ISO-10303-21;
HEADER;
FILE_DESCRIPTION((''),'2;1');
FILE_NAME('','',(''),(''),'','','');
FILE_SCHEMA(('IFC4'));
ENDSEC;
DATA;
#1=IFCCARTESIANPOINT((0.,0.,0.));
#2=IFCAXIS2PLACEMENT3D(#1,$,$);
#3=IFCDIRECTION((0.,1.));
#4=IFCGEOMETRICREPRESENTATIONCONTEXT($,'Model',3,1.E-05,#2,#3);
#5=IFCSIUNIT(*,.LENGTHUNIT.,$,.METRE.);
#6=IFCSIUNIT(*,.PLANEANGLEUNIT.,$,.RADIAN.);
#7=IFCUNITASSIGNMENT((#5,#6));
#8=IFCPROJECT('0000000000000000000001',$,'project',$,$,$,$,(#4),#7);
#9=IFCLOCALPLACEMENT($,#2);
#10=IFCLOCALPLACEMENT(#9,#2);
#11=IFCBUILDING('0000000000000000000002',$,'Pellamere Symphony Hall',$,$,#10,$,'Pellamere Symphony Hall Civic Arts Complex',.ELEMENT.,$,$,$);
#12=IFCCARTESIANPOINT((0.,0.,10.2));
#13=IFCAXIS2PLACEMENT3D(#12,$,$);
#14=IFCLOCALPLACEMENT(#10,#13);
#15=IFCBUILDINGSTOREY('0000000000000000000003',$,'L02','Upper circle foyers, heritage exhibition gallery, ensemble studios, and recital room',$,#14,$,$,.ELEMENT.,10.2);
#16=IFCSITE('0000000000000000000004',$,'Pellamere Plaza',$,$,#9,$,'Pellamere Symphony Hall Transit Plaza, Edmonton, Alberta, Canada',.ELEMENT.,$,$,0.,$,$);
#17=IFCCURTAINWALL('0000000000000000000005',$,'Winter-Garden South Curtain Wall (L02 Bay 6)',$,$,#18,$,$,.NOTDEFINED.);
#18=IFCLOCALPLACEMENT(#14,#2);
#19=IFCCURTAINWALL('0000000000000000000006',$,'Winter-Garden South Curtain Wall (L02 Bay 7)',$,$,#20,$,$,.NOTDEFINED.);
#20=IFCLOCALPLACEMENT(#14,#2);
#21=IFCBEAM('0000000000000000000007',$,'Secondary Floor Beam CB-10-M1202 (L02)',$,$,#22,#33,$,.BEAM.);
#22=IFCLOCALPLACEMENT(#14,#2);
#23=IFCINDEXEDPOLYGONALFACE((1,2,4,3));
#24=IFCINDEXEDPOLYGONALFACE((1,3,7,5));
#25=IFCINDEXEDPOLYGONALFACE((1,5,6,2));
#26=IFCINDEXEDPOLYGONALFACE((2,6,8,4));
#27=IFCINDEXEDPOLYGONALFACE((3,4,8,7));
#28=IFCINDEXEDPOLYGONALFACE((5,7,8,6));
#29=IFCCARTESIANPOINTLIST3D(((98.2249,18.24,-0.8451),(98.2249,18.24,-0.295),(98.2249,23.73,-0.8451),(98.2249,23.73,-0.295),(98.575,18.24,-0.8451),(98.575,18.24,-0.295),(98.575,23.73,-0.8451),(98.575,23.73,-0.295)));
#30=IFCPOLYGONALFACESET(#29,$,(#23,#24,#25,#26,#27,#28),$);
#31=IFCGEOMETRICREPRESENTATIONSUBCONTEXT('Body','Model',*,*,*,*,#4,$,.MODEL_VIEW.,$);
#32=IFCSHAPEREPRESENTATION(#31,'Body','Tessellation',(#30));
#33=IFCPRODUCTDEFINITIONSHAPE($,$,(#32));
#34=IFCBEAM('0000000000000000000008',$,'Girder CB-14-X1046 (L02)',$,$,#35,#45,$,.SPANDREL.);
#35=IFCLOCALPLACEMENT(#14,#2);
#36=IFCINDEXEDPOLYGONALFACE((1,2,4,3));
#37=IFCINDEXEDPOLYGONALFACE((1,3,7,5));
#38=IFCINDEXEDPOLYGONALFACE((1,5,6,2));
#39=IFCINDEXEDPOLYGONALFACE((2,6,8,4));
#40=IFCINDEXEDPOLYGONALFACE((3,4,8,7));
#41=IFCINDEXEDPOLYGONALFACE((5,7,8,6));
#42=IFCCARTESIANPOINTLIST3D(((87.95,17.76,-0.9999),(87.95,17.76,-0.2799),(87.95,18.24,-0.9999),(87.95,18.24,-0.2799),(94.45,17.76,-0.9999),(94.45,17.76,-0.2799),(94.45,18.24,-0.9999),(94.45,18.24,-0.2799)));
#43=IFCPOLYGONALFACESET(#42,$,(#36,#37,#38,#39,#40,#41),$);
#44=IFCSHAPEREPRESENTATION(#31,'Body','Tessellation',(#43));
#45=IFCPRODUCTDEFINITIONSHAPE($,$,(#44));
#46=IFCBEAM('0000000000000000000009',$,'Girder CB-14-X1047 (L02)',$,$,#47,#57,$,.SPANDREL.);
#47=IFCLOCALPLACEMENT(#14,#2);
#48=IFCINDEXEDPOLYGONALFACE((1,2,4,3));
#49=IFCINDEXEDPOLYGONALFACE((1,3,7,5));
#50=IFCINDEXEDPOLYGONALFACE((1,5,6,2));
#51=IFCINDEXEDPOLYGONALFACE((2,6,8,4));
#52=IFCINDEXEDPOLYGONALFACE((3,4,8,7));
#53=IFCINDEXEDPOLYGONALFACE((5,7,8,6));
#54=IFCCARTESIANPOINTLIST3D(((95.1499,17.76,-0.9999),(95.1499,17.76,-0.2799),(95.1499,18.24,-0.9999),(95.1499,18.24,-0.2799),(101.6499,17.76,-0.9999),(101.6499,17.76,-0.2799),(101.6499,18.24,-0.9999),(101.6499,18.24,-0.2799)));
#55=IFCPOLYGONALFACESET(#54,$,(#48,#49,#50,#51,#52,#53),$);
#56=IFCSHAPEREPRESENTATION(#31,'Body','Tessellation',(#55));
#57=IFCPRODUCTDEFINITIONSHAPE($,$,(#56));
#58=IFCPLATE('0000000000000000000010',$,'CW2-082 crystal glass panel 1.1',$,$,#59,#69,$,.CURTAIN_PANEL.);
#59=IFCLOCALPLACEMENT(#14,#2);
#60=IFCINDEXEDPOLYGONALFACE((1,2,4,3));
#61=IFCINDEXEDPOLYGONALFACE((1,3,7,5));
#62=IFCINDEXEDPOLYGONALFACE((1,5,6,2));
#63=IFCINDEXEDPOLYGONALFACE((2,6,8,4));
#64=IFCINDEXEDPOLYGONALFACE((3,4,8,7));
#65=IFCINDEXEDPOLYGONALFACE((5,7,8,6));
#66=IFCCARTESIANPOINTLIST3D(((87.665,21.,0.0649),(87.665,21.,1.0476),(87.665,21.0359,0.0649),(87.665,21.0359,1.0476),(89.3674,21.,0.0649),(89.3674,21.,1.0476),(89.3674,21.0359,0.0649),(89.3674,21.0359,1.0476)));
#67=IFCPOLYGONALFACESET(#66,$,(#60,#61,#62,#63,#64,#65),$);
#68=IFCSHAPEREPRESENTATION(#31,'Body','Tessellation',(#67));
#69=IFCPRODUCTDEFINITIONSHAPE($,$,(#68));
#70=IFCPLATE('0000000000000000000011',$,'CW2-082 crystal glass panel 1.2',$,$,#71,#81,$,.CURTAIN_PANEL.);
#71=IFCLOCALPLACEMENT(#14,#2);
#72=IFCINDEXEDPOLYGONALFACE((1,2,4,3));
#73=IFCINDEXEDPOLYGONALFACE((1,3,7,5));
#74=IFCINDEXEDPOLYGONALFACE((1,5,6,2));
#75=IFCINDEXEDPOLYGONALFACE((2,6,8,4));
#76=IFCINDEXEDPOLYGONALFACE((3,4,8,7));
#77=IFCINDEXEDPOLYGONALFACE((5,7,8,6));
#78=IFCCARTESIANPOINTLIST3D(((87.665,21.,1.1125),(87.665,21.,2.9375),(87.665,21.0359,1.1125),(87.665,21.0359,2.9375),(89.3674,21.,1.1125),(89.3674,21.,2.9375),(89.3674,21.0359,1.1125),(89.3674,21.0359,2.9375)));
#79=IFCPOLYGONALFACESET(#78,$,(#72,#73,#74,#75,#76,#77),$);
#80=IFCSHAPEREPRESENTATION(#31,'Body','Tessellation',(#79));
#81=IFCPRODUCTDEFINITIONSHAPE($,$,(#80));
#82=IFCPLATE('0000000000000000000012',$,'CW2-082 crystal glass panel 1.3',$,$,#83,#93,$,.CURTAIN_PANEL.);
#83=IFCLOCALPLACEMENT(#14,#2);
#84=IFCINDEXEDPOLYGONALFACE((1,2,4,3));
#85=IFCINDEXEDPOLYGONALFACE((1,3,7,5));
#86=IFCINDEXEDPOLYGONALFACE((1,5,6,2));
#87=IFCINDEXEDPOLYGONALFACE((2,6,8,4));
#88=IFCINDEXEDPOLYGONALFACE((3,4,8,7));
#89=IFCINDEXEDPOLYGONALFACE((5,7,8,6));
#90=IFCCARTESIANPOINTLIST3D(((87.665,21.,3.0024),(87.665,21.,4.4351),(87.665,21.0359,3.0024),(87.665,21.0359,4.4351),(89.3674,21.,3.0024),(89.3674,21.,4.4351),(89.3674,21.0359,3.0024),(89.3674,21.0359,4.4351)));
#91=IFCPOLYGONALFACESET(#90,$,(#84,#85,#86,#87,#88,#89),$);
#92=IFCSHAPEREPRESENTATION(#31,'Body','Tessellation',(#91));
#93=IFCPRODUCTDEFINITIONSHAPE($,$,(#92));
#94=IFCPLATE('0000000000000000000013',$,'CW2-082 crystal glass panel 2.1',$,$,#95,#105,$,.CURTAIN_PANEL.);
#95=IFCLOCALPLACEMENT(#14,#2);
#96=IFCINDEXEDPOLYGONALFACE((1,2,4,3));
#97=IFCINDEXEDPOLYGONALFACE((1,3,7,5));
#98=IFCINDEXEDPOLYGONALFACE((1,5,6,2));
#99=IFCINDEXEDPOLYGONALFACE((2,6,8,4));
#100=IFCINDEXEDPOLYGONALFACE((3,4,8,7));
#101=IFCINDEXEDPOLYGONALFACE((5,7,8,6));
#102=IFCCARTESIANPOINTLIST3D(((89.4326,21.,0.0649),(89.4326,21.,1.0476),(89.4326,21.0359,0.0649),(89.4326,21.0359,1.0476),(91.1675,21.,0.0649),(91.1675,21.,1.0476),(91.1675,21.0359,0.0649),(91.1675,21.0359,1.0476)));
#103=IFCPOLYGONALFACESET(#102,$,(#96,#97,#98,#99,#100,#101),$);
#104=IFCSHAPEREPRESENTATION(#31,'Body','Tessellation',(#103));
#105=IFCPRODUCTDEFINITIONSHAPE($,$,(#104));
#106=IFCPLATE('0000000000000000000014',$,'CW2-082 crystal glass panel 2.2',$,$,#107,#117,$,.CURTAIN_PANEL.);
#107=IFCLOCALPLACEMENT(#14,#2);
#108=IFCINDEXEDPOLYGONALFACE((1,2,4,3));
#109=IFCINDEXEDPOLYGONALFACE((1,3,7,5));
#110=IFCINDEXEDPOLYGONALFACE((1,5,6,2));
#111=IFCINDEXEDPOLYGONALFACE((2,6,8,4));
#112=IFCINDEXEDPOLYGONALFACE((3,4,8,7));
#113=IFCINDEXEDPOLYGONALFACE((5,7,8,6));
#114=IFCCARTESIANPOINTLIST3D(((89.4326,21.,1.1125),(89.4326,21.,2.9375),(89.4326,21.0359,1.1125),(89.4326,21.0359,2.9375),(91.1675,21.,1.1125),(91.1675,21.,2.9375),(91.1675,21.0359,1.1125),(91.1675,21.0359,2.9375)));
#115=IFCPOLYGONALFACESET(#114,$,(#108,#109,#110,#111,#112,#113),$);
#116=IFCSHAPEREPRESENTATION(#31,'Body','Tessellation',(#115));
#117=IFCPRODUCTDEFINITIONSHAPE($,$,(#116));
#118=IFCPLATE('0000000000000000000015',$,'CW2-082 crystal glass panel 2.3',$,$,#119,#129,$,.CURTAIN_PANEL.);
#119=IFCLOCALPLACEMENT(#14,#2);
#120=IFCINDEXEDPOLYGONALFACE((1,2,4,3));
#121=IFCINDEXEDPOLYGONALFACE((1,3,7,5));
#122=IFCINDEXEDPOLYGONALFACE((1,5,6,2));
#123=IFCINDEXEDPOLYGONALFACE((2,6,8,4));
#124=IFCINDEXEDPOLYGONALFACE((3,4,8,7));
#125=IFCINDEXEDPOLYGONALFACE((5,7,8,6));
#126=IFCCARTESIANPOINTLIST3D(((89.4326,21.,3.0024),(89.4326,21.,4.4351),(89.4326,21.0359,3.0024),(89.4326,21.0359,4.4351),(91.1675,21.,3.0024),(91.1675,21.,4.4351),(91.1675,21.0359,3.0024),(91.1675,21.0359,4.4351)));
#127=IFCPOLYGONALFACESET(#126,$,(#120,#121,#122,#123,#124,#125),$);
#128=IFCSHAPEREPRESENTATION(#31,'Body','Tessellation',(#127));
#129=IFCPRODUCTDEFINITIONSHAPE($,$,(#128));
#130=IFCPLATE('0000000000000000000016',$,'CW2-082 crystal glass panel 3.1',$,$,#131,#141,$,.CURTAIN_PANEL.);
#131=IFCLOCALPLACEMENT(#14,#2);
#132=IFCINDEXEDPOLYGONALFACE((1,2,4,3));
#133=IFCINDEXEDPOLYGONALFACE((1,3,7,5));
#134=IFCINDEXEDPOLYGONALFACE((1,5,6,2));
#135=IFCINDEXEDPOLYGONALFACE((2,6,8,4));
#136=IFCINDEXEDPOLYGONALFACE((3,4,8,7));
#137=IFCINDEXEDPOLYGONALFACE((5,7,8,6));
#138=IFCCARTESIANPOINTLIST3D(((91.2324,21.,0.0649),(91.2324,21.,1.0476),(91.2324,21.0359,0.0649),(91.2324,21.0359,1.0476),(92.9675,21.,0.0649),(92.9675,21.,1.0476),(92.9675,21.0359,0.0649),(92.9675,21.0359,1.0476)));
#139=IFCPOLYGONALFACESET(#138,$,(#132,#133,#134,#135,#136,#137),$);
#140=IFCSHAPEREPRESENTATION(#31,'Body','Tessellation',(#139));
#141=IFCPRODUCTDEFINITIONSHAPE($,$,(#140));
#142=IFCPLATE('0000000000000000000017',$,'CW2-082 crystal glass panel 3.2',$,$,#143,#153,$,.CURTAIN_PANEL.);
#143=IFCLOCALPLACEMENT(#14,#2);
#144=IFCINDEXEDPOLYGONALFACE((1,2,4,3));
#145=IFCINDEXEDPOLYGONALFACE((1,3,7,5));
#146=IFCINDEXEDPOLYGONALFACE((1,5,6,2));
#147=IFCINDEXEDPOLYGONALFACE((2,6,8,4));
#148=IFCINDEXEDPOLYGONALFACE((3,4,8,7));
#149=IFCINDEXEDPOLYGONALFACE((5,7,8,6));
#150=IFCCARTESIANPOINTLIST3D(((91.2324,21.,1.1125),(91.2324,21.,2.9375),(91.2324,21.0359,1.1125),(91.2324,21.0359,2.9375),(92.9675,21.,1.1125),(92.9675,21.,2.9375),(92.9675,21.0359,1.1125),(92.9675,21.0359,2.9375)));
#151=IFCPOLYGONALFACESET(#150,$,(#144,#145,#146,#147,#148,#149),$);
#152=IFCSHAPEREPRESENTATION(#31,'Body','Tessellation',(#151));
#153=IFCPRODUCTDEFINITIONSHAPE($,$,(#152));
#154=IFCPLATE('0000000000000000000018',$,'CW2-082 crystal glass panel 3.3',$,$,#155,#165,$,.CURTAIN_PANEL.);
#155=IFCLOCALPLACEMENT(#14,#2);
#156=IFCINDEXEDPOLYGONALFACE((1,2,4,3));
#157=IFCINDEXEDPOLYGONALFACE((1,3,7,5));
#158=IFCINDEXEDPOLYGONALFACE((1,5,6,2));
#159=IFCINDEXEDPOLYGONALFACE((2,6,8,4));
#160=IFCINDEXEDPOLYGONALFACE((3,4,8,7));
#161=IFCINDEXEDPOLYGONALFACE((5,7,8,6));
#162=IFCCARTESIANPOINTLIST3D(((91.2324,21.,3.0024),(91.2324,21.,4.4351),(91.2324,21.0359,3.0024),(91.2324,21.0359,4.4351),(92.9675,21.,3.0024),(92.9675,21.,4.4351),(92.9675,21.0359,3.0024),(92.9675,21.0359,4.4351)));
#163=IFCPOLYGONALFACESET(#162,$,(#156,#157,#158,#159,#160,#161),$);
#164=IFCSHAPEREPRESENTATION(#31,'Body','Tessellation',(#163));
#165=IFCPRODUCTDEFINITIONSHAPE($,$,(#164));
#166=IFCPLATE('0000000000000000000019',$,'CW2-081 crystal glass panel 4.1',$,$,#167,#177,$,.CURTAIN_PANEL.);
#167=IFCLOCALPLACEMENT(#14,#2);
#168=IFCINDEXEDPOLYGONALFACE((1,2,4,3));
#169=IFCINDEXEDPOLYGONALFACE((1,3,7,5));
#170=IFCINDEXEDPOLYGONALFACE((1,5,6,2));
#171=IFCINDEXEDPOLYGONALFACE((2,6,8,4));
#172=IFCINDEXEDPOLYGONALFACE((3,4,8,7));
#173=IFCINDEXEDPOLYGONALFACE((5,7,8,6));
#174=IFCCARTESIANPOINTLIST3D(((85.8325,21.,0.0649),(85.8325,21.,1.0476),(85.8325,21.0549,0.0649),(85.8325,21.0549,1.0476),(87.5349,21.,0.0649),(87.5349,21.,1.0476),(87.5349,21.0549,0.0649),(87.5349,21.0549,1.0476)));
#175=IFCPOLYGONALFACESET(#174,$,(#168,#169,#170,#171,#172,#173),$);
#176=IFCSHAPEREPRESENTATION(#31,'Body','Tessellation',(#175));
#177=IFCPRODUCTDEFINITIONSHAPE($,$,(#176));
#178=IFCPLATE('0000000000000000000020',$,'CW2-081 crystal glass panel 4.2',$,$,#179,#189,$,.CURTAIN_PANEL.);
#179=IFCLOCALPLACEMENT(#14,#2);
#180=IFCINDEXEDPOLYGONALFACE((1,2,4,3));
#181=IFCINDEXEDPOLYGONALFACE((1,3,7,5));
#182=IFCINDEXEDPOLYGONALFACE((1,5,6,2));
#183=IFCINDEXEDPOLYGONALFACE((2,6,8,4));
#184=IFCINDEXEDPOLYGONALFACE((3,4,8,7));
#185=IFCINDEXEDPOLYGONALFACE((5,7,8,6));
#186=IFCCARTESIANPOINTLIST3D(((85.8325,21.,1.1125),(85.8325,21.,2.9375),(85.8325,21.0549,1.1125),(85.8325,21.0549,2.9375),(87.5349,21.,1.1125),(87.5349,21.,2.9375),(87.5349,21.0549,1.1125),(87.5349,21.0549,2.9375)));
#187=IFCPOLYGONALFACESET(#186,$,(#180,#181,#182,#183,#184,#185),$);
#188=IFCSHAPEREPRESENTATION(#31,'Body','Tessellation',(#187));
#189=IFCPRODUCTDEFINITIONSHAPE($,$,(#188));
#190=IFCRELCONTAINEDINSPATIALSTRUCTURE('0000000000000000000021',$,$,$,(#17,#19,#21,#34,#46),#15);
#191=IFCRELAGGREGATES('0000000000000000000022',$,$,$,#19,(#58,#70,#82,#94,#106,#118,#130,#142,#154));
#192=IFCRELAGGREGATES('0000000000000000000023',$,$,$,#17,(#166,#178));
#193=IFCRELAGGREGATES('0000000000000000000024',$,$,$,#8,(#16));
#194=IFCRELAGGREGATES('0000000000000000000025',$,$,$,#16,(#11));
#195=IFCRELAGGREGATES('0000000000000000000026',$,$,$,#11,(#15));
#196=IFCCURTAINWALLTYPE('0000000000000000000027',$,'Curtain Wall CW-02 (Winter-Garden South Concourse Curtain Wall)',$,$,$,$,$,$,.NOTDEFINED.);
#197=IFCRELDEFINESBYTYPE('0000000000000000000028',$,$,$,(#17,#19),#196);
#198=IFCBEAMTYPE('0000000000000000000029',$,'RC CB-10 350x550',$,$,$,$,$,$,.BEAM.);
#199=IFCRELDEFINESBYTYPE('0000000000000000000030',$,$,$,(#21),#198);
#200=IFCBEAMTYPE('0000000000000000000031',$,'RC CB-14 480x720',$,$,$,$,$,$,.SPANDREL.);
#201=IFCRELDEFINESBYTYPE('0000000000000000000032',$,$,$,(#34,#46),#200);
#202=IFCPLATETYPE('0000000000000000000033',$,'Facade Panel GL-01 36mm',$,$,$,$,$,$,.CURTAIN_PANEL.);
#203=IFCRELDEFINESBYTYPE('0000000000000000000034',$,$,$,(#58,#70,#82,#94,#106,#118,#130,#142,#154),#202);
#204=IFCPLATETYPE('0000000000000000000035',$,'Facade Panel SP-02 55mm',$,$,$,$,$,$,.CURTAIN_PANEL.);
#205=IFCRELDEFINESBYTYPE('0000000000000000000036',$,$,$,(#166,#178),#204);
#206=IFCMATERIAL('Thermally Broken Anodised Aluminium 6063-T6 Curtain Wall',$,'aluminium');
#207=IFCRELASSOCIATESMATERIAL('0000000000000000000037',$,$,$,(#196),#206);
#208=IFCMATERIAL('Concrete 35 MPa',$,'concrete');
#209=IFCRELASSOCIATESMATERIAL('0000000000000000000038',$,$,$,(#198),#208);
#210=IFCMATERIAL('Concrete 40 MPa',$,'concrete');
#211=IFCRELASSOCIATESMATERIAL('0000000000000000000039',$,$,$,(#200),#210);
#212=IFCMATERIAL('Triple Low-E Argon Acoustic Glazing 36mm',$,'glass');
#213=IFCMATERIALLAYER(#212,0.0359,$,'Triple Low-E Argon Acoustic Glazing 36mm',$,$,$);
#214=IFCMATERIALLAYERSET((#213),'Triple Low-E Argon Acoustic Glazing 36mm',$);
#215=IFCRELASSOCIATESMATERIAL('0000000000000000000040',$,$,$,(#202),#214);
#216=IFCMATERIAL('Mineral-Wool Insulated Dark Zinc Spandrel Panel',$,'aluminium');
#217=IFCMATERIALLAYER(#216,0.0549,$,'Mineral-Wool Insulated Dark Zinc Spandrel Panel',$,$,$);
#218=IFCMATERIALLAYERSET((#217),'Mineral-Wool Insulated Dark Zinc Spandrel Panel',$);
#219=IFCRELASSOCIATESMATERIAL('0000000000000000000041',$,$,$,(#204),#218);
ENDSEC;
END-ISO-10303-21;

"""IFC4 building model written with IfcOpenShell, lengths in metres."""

from ifc_helpers import new_model, si_unit, direction, frame, origin, origin_2d, place, context, subcontext, project, spatial, polyline, rectangle, outline, extrude, material, layer, layer_set, material_profile, profile_set, type_object, element, aggregate, save


model = new_model("IFC4")

# Units and contexts
model_context = context("Model", 3, precision=1e-05, world=origin(), true_north=direction((0.0, 1.0)))
body_context = subcontext(model_context, "Body", "Model", "MODEL_VIEW")
ifc_project = project(units=[si_unit("LENGTHUNIT", "METRE"), si_unit("PLANEANGLEUNIT", "RADIAN")], contexts=[model_context])

# Site, building, storey
site_placement = place(None, origin())
site = spatial("IfcSite", under=ifc_project, at=site_placement, Name="Pellamere Plaza", LongName="Pellamere Symphony Hall Transit Plaza, Edmonton, Alberta, Canada", CompositionType="ELEMENT", RefElevation=0.0)
building_placement = place(site_placement, origin())
building = spatial("IfcBuilding", under=site, at=building_placement, Name="Pellamere Symphony Hall", LongName="Pellamere Symphony Hall Civic Arts Complex", CompositionType="ELEMENT")
storey_placement = place(building_placement, frame((0.0, 0.0, 10.2)))
storey = spatial("IfcBuildingStorey", under=building, at=storey_placement, Name="L02", Description="Upper circle foyers, heritage exhibition gallery, ensemble studios, and recital room", CompositionType="ELEMENT", Elevation=10.2)

# Curtain wall
ifc_material_1 = material(Name="Thermally Broken Anodised Aluminium 6063-T6 Curtain Wall", Category="aluminium")
curtain_wall_type = type_object("IfcCurtainWallType", Name="Curtain Wall CW-02 (Winter-Garden South Concourse Curtain Wall)", PredefinedType="NOTDEFINED", material=ifc_material_1)
curtain_wall_1_placement = place(storey_placement, origin())
curtain_wall_1 = element("IfcCurtainWall", 1, at=curtain_wall_1_placement, inside=storey, type_object=curtain_wall_type, Name="Winter-Garden South Curtain Wall (L02 Bay 6)", PredefinedType="NOTDEFINED")

# Curtain wall
curtain_wall_2_placement = place(storey_placement, origin())
curtain_wall_2 = element("IfcCurtainWall", 2, at=curtain_wall_2_placement, inside=storey, type_object=curtain_wall_type, Name="Winter-Garden South Curtain Wall (L02 Bay 7)", PredefinedType="NOTDEFINED")

# Beams
ifc_material_2 = material(Name="Concrete 40 MPa", Category="concrete")
ifc_material_3 = material(Name="Concrete 35 MPa", Category="concrete")
ifc_material_profile_1 = material_profile(ifc_material_3, rectangle(XDim=0.3501, YDim=0.55, at=origin_2d()), Name="RC 350x550")
ifc_profile_set_1 = profile_set([ifc_material_profile_1], Name="Concrete 35 MPa")
beam_type_1 = type_object("IfcBeamType", Name="RC CB-10 350x550", PredefinedType="BEAM", material=ifc_profile_set_1)
beam_1_placement = place(storey_placement, frame((98.3999, 18.24, -0.5701), z_axis=(0.0, 1.0, 0.0), x_axis=(-1.0, 0.0, 0.0)))
element("IfcBeam", 3, at=beam_1_placement, inside=storey, type_object=beam_type_1, Name="Secondary Floor Beam CB-10-M1202 (L02)", PredefinedType="BEAM", context=body_context, shape_type="SweptSolid", body=[
    extrude(rectangle(XDim=0.3501, YDim=0.55, at=origin_2d()), origin(), (0.0, 0.0, 1.0), 5.49),
])
ifc_material_profile_2 = material_profile(ifc_material_2, rectangle(XDim=0.48, YDim=0.72, at=origin_2d()), Name="RC 480x720")
ifc_profile_set_2 = profile_set([ifc_material_profile_2], Name="Concrete 40 MPa")
beam_type_2 = type_object("IfcBeamType", Name="RC CB-14 480x720", PredefinedType="SPANDREL", material=ifc_profile_set_2)
for number, where, z_axis, x_axis, name in (
    (4, (87.95, 18.0, -0.6399), (1.0, 0.0, 0.0), (0.0, 1.0, 0.0), "Girder CB-14-X1046 (L02)"),
    (5, (95.1499, 18.0, -0.6399), (1.0, 0.0, 0.0), (0.0, 1.0, 0.0), "Girder CB-14-X1047 (L02)"),
):
    element("IfcBeam", number, at=place(storey_placement, frame(where, z_axis=z_axis, x_axis=x_axis)), inside=storey, type_object=beam_type_2, Name=name, PredefinedType="SPANDREL", context=body_context, shape_type="SweptSolid", body=[
        extrude(rectangle(XDim=0.48, YDim=0.72, at=origin_2d()), origin(), (0.0, 0.0, 1.0), 6.5),
    ])

# Plates
ifc_material_4 = material(Name="Triple Low-E Argon Acoustic Glazing 36mm", Category="glass")
ifc_layer_1 = layer(ifc_material_4, 0.0359, Name="Triple Low-E Argon Acoustic Glazing 36mm")
ifc_layer_set_1 = layer_set([ifc_layer_1], Name="Triple Low-E Argon Acoustic Glazing 36mm")
plate_type_1 = type_object("IfcPlateType", Name="Facade Panel GL-01 36mm", PredefinedType="CURTAIN_PANEL", material=ifc_layer_set_1)
plate_1_placement = place(storey_placement, frame((87.665, 21.0, 0.0649), z_axis=(0.0, -1.0, 0.0), x_axis=(1.0, 0.0, 0.0)))
plate_1 = element("IfcPlate", 6, at=plate_1_placement, type_object=plate_type_1, Name="CW2-082 crystal glass panel 1.1", PredefinedType="CURTAIN_PANEL", context=body_context, shape_type="SweptSolid", body=[
    extrude(outline(polyline([(0.0, 0.0), (1.7024, 0.0), (1.7024, 0.9827), (0.0, 0.9827), (0.0, 0.0)])), origin(), (0.0, 0.0, -1.0), 0.0359),
])
plate_2_placement = place(storey_placement, frame((87.665, 21.0, 1.1125), z_axis=(0.0, -1.0, 0.0), x_axis=(1.0, 0.0, 0.0)))
plate_2 = element("IfcPlate", 7, at=plate_2_placement, type_object=plate_type_1, Name="CW2-082 crystal glass panel 1.2", PredefinedType="CURTAIN_PANEL", context=body_context, shape_type="SweptSolid", body=[
    extrude(outline(polyline([(0.0, 0.0), (1.7024, 0.0), (1.7024, 1.825), (0.0, 1.825), (0.0, 0.0)])), origin(), (0.0, 0.0, -1.0), 0.0359),
])
plate_3_placement = place(storey_placement, frame((87.665, 21.0, 3.0024), z_axis=(0.0, -1.0, 0.0), x_axis=(1.0, 0.0, 0.0)))
plate_3 = element("IfcPlate", 8, at=plate_3_placement, type_object=plate_type_1, Name="CW2-082 crystal glass panel 1.3", PredefinedType="CURTAIN_PANEL", context=body_context, shape_type="SweptSolid", body=[
    extrude(outline(polyline([(0.0, 0.0), (1.7024, 0.0), (1.7024, 1.4326), (0.0, 1.4326), (0.0, 0.0)])), origin(), (0.0, 0.0, -1.0), 0.0359),
])
plate_4_placement = place(storey_placement, frame((89.4326, 21.0, 0.0649), z_axis=(0.0, -1.0, 0.0), x_axis=(1.0, 0.0, 0.0)))
plate_4 = element("IfcPlate", 9, at=plate_4_placement, type_object=plate_type_1, Name="CW2-082 crystal glass panel 2.1", PredefinedType="CURTAIN_PANEL", context=body_context, shape_type="SweptSolid", body=[
    extrude(outline(polyline([(0.0, 0.0), (1.7349, 0.0), (1.7349, 0.9827), (0.0, 0.9827), (0.0, 0.0)])), origin(), (0.0, 0.0, -1.0), 0.0359),
])
plate_5_placement = place(storey_placement, frame((89.4326, 21.0, 1.1125), z_axis=(0.0, -1.0, 0.0), x_axis=(1.0, 0.0, 0.0)))
plate_5 = element("IfcPlate", 10, at=plate_5_placement, type_object=plate_type_1, Name="CW2-082 crystal glass panel 2.2", PredefinedType="CURTAIN_PANEL", context=body_context, shape_type="SweptSolid", body=[
    extrude(outline(polyline([(0.0, 0.0), (1.7349, 0.0), (1.7349, 1.825), (0.0, 1.825), (0.0, 0.0)])), origin(), (0.0, 0.0, -1.0), 0.0359),
])
plate_6_placement = place(storey_placement, frame((89.4326, 21.0, 3.0024), z_axis=(0.0, -1.0, 0.0), x_axis=(1.0, 0.0, 0.0)))
plate_6 = element("IfcPlate", 11, at=plate_6_placement, type_object=plate_type_1, Name="CW2-082 crystal glass panel 2.3", PredefinedType="CURTAIN_PANEL", context=body_context, shape_type="SweptSolid", body=[
    extrude(outline(polyline([(0.0, 0.0), (1.7349, 0.0), (1.7349, 1.4326), (0.0, 1.4326), (0.0, 0.0)])), origin(), (0.0, 0.0, -1.0), 0.0359),
])
plate_7_placement = place(storey_placement, frame((91.2324, 21.0, 0.0649), z_axis=(0.0, -1.0, 0.0), x_axis=(1.0, 0.0, 0.0)))
plate_7 = element("IfcPlate", 12, at=plate_7_placement, type_object=plate_type_1, Name="CW2-082 crystal glass panel 3.1", PredefinedType="CURTAIN_PANEL", context=body_context, shape_type="SweptSolid", body=[
    extrude(outline(polyline([(0.0, 0.0), (1.7351, 0.0), (1.7351, 0.9827), (0.0, 0.9827), (0.0, 0.0)])), origin(), (0.0, 0.0, -1.0), 0.0359),
])
plate_8_placement = place(storey_placement, frame((91.2324, 21.0, 1.1125), z_axis=(0.0, -1.0, 0.0), x_axis=(1.0, 0.0, 0.0)))
plate_8 = element("IfcPlate", 13, at=plate_8_placement, type_object=plate_type_1, Name="CW2-082 crystal glass panel 3.2", PredefinedType="CURTAIN_PANEL", context=body_context, shape_type="SweptSolid", body=[
    extrude(outline(polyline([(0.0, 0.0), (1.7351, 0.0), (1.7351, 1.825), (0.0, 1.825), (0.0, 0.0)])), origin(), (0.0, 0.0, -1.0), 0.0359),
])
plate_9_placement = place(storey_placement, frame((91.2324, 21.0, 3.0024), z_axis=(0.0, -1.0, 0.0), x_axis=(1.0, 0.0, 0.0)))
plate_9 = element("IfcPlate", 14, at=plate_9_placement, type_object=plate_type_1, Name="CW2-082 crystal glass panel 3.3", PredefinedType="CURTAIN_PANEL", context=body_context, shape_type="SweptSolid", body=[
    extrude(outline(polyline([(0.0, 0.0), (1.7351, 0.0), (1.7351, 1.4326), (0.0, 1.4326), (0.0, 0.0)])), origin(), (0.0, 0.0, -1.0), 0.0359),
])
aggregate(curtain_wall_2, [plate_1, plate_2, plate_3, plate_4, plate_5, plate_6, plate_7, plate_8, plate_9])
ifc_material_5 = material(Name="Mineral-Wool Insulated Dark Zinc Spandrel Panel", Category="aluminium")
ifc_layer_2 = layer(ifc_material_5, 0.0549, Name="Mineral-Wool Insulated Dark Zinc Spandrel Panel")
ifc_layer_set_2 = layer_set([ifc_layer_2], Name="Mineral-Wool Insulated Dark Zinc Spandrel Panel")
plate_type_2 = type_object("IfcPlateType", Name="Facade Panel SP-02 55mm", PredefinedType="CURTAIN_PANEL", material=ifc_layer_set_2)
plate_10_placement = place(storey_placement, frame((85.8325, 21.0, 0.0649), z_axis=(0.0, -1.0, 0.0), x_axis=(1.0, 0.0, 0.0)))
plate_10 = element("IfcPlate", 15, at=plate_10_placement, type_object=plate_type_2, Name="CW2-081 crystal glass panel 4.1", PredefinedType="CURTAIN_PANEL", context=body_context, shape_type="SweptSolid", body=[
    extrude(outline(polyline([(0.0, 0.0), (1.7024, 0.0), (1.7024, 0.9827), (0.0, 0.9827), (0.0, 0.0)])), origin(), (0.0, 0.0, -1.0), 0.0549),
])
plate_11_placement = place(storey_placement, frame((85.8325, 21.0, 1.1125), z_axis=(0.0, -1.0, 0.0), x_axis=(1.0, 0.0, 0.0)))
plate_11 = element("IfcPlate", 16, at=plate_11_placement, type_object=plate_type_2, Name="CW2-081 crystal glass panel 4.2", PredefinedType="CURTAIN_PANEL", context=body_context, shape_type="SweptSolid", body=[
    extrude(outline(polyline([(0.0, 0.0), (1.7024, 0.0), (1.7024, 1.825), (0.0, 1.825), (0.0, 0.0)])), origin(), (0.0, 0.0, -1.0), 0.0549),
])
aggregate(curtain_wall_1, [plate_10, plate_11])

save(model, "model.ifc")
